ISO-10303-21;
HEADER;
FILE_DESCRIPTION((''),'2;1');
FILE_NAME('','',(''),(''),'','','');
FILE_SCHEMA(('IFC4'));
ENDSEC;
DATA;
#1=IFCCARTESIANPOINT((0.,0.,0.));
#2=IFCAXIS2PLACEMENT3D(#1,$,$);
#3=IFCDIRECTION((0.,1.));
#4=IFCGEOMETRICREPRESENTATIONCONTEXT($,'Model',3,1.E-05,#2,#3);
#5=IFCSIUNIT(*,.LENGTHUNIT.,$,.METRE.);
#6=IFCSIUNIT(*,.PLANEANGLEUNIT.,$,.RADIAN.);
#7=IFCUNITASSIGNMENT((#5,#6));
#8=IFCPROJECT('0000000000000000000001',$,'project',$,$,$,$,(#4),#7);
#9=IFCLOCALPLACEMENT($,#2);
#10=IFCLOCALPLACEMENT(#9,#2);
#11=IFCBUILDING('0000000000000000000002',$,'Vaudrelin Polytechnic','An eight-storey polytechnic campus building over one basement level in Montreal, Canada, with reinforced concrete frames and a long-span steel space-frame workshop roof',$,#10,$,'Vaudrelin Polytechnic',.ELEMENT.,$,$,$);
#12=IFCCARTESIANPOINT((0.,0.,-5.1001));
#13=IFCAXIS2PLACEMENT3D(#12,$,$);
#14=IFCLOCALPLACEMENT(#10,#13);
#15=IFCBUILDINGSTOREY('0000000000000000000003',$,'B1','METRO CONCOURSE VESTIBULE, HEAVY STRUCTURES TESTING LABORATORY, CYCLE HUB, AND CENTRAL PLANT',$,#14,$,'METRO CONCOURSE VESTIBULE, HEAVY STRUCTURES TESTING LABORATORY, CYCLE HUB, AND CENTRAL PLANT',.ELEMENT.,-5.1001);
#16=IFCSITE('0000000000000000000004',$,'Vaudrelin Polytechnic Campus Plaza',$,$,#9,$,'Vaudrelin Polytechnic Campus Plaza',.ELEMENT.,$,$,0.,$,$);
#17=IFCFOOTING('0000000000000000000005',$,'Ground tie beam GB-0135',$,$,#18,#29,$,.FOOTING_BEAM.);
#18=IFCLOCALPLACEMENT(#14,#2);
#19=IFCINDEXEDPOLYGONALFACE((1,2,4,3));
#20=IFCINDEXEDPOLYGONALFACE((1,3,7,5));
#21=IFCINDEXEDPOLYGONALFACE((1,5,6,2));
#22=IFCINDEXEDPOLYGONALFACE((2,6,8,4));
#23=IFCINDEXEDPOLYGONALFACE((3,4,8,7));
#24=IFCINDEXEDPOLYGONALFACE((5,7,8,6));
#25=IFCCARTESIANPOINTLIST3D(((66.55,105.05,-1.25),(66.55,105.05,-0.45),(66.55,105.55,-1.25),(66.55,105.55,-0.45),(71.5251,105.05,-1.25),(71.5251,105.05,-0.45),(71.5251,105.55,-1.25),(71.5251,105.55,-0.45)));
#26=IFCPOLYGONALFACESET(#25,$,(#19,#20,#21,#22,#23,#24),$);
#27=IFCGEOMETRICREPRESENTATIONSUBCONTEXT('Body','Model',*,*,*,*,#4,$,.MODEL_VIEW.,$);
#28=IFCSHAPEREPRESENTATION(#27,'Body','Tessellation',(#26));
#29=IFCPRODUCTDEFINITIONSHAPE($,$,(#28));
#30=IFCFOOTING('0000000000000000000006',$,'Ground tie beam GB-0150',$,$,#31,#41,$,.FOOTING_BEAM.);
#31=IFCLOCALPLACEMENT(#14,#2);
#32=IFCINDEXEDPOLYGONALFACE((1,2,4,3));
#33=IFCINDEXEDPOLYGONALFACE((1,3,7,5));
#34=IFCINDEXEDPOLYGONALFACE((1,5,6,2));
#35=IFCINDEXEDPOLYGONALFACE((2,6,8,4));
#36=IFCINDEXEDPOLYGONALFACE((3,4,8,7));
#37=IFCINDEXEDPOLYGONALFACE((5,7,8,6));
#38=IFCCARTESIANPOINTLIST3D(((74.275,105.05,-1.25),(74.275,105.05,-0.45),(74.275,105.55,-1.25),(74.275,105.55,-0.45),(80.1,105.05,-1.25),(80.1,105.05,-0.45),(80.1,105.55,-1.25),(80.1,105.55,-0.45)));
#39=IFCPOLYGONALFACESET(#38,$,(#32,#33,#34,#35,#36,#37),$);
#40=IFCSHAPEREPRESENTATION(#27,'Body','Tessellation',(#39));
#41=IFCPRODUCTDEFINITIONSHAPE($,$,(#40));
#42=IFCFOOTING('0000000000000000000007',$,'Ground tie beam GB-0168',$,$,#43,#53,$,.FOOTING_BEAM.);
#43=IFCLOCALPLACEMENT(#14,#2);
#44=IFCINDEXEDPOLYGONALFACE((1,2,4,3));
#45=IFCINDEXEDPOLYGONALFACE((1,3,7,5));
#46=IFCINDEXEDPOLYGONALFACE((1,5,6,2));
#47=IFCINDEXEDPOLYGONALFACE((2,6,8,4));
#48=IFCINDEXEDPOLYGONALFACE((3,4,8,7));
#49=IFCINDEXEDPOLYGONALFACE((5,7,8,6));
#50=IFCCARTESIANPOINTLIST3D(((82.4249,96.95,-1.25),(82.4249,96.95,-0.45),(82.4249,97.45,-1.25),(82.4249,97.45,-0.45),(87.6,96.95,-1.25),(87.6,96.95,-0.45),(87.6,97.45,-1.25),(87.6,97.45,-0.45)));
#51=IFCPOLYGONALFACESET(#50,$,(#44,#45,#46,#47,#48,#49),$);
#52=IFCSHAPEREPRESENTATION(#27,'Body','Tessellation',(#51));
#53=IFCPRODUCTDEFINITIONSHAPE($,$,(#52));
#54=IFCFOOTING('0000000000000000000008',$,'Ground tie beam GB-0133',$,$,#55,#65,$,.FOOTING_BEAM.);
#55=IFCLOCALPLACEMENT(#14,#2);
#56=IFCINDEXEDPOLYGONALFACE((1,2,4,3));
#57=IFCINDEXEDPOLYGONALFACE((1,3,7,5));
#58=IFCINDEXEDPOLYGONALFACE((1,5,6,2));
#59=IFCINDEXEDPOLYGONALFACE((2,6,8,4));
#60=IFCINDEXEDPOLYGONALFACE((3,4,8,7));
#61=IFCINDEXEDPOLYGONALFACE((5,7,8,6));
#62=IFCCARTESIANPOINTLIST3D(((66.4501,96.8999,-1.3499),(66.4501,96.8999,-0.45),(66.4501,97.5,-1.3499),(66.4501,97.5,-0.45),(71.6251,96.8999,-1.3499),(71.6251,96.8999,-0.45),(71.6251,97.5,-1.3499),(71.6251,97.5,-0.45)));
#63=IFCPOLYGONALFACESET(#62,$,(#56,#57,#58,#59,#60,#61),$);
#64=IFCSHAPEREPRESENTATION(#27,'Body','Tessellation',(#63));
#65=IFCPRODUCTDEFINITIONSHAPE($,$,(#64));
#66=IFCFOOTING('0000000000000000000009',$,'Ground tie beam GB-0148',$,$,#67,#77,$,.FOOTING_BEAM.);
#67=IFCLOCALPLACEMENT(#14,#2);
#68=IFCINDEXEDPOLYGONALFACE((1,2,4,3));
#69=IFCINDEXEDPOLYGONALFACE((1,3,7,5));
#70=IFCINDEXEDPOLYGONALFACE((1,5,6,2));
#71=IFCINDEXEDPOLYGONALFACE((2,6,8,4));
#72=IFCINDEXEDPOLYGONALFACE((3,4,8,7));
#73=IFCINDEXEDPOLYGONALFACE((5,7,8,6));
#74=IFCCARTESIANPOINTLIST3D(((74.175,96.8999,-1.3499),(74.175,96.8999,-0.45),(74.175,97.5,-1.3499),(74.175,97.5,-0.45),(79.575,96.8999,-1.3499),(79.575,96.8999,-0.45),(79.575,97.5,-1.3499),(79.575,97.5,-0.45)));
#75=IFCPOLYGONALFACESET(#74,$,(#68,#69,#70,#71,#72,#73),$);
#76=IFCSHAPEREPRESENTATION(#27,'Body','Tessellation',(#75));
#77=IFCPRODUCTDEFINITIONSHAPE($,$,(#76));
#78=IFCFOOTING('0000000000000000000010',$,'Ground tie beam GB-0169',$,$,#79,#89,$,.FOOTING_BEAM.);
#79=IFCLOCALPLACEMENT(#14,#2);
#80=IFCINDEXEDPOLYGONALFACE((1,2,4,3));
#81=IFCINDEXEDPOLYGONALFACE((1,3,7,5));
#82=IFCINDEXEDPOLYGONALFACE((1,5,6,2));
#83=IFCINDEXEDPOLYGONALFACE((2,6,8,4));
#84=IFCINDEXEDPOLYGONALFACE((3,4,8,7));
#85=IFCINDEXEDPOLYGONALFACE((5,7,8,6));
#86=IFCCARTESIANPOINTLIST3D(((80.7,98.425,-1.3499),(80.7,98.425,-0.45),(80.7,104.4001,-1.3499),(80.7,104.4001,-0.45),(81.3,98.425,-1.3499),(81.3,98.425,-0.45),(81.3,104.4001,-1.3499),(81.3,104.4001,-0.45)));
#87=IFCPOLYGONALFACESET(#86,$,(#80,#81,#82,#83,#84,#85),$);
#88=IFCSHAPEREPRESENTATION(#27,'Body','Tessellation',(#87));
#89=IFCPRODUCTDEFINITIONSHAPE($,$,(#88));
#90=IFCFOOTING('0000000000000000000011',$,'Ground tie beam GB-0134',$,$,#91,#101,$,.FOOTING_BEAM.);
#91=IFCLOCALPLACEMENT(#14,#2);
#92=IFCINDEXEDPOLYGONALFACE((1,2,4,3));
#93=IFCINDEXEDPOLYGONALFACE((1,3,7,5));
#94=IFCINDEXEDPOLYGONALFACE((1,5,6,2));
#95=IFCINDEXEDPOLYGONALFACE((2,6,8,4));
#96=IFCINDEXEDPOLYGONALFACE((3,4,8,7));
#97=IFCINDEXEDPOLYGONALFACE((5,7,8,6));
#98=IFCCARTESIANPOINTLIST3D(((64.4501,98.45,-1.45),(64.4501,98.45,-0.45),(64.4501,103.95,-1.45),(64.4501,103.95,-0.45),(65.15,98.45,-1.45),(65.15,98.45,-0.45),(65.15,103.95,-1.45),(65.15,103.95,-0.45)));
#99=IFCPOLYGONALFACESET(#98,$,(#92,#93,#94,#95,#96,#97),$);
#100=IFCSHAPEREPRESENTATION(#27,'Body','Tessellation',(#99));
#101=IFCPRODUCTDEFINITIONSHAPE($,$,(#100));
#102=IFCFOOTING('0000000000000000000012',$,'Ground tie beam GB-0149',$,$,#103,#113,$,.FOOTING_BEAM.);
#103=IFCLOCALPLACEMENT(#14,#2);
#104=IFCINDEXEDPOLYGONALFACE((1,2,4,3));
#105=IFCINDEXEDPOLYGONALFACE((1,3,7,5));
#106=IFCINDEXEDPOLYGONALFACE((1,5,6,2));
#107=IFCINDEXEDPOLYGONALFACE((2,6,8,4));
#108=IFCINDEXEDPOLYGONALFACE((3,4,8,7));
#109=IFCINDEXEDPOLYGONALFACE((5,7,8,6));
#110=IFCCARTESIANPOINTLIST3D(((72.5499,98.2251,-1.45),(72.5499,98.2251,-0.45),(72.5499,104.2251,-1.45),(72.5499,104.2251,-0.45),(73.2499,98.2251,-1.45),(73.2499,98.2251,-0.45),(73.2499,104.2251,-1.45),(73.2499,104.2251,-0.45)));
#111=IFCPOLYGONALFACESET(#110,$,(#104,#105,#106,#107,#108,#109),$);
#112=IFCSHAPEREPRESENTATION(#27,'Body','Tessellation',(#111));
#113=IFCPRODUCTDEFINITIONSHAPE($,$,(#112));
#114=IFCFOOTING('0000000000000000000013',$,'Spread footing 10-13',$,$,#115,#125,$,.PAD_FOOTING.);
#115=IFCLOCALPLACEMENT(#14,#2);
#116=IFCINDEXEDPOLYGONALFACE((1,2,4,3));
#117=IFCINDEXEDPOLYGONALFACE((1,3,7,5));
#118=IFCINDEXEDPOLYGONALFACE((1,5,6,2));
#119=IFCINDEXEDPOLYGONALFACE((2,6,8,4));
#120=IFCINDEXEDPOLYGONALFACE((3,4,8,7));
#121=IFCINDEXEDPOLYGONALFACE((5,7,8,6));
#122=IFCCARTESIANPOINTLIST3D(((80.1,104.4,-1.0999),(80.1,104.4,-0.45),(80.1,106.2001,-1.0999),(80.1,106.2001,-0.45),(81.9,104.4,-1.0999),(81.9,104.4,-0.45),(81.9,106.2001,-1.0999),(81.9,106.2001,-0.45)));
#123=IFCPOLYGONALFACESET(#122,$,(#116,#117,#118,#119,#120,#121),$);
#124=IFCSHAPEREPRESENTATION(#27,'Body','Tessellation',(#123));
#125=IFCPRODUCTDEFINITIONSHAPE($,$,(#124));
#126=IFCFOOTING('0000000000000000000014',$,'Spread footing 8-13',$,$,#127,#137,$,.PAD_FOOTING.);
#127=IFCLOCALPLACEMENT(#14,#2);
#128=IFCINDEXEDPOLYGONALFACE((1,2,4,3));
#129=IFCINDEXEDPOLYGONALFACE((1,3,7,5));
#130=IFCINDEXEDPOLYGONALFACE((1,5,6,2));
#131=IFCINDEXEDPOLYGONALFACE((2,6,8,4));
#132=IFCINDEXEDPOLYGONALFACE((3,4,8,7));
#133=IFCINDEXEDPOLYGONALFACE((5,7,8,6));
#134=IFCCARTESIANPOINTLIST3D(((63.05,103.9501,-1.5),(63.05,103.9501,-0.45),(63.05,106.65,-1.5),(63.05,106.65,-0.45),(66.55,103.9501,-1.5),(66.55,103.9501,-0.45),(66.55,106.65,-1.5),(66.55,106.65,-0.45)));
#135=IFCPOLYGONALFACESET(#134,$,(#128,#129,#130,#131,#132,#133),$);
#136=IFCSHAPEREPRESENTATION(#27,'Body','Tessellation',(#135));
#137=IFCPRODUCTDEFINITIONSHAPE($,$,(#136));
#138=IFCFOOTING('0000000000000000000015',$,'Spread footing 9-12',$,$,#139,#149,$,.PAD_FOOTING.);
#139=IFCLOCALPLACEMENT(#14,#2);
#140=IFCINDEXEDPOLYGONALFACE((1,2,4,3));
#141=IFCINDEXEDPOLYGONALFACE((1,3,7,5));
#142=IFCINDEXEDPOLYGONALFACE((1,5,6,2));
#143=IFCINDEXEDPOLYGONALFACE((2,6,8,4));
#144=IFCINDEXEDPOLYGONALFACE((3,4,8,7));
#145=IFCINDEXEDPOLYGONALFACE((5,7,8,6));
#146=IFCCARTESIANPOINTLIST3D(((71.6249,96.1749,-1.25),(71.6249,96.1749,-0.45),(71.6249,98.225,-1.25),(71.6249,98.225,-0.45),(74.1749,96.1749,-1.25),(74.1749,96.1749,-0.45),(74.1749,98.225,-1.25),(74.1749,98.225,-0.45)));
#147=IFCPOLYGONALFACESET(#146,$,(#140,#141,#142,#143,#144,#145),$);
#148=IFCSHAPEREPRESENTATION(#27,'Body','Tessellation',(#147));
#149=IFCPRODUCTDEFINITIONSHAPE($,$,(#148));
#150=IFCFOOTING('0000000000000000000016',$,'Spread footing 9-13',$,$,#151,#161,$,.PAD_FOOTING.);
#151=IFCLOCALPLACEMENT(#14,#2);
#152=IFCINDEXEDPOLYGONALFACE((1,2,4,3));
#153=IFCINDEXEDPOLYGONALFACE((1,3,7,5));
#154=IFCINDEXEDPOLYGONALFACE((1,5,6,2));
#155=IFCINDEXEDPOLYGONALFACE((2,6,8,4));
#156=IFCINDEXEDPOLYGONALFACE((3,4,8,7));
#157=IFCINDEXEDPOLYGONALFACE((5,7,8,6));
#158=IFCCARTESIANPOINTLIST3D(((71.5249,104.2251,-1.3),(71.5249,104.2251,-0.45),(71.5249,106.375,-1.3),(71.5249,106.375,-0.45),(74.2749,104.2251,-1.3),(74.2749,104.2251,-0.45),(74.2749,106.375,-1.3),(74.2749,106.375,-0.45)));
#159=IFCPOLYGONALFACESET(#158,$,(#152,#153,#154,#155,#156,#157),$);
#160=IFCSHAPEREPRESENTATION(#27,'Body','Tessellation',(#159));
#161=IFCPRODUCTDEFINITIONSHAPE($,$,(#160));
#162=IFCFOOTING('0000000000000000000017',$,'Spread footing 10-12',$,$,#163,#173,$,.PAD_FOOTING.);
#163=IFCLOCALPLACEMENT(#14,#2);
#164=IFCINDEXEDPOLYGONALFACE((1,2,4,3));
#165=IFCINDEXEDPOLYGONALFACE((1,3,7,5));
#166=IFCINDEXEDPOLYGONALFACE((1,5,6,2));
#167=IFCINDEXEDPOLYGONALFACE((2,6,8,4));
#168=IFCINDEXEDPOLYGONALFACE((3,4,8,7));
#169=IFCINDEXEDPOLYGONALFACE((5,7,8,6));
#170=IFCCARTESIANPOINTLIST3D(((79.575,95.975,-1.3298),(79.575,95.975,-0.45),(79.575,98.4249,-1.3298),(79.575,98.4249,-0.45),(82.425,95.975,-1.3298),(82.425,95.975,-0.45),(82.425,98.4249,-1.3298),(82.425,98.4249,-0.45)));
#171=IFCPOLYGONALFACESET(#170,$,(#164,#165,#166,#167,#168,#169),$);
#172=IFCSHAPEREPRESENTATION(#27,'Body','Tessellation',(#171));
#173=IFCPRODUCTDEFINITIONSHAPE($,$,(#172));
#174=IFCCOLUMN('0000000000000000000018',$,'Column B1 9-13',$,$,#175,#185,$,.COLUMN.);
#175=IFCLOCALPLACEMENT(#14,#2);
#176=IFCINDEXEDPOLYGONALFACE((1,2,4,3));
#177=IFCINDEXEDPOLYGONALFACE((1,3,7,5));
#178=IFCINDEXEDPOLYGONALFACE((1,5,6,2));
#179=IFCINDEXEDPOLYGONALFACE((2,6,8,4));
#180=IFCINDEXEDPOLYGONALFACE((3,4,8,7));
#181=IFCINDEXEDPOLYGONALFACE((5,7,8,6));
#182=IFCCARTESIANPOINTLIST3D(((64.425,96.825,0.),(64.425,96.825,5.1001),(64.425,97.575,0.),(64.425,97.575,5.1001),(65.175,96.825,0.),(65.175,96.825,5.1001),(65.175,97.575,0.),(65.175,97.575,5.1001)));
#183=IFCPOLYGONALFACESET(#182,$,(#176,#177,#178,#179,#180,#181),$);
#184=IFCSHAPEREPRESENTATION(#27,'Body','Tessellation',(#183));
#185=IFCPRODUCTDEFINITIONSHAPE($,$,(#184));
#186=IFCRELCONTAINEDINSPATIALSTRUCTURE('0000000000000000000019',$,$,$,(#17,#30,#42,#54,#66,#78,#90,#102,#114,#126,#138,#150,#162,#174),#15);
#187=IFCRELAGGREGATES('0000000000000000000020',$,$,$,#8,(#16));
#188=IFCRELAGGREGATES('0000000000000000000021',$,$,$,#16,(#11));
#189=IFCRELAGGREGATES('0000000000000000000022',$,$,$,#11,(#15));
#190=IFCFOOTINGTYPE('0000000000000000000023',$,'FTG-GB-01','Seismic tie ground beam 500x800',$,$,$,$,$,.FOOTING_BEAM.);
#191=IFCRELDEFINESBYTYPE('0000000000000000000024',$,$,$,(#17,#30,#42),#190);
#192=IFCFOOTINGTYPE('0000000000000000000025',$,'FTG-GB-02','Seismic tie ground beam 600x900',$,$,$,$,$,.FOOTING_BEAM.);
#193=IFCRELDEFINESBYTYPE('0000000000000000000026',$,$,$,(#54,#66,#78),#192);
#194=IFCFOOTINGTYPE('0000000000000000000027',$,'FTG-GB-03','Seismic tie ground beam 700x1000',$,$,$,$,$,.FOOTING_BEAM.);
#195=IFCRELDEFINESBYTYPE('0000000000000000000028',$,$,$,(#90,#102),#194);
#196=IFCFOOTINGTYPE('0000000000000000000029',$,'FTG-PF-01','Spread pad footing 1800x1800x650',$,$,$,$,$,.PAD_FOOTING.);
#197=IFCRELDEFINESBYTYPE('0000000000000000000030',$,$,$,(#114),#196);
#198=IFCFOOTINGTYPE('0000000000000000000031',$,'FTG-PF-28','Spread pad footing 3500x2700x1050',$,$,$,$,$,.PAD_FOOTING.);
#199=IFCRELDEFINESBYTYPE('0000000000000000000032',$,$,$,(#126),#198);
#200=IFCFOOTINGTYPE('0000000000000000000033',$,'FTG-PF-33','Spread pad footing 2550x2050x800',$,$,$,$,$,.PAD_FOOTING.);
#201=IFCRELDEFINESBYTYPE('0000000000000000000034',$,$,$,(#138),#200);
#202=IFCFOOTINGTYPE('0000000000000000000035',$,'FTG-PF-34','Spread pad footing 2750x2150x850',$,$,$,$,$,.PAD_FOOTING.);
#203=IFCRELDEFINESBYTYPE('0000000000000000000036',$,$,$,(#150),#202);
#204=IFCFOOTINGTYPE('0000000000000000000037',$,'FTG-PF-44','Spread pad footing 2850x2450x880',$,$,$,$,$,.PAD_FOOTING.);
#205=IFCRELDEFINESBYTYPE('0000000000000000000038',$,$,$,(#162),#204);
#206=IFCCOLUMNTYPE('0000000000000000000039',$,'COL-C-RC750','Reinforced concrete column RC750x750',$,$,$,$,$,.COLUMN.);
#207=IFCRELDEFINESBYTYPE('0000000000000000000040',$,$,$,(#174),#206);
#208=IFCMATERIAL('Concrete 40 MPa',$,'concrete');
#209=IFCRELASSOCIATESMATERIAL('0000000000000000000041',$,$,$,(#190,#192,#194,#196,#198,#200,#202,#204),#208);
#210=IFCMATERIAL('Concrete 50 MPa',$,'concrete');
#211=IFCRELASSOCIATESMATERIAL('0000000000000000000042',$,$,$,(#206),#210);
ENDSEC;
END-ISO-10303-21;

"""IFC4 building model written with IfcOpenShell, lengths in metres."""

from ifc_helpers import new_model, si_unit, direction, frame, origin, origin_2d, place, context, subcontext, project, spatial, rectangle, extrude, material, material_profile, profile_set, type_object, element, save


model = new_model("IFC4")

# Units and contexts
model_context = context("Model", 3, precision=1e-05, world=origin(), true_north=direction((0.0, 1.0)))
body_context = subcontext(model_context, "Body", "Model", "MODEL_VIEW")
ifc_project = project(units=[si_unit("LENGTHUNIT", "METRE"), si_unit("PLANEANGLEUNIT", "RADIAN")], contexts=[model_context])

# Site, building, storey
site_placement = place(None, origin())
site = spatial("IfcSite", under=ifc_project, at=site_placement, Name="Vaudrelin Polytechnic Campus Plaza", LongName="Vaudrelin Polytechnic Campus Plaza", CompositionType="ELEMENT", RefElevation=0.0)
building_placement = place(site_placement, origin())
building = spatial("IfcBuilding", under=site, at=building_placement, Name="Vaudrelin Polytechnic", Description="An eight-storey polytechnic campus building over one basement level in Montreal, Canada, with reinforced concrete frames and a long-span steel space-frame workshop roof", LongName="Vaudrelin Polytechnic", CompositionType="ELEMENT")
storey_placement = place(building_placement, frame((0.0, 0.0, -5.1001)))
storey = spatial("IfcBuildingStorey", under=building, at=storey_placement, Name="B1", Description="METRO CONCOURSE VESTIBULE, HEAVY STRUCTURES TESTING LABORATORY, CYCLE HUB, AND CENTRAL PLANT", LongName="METRO CONCOURSE VESTIBULE, HEAVY STRUCTURES TESTING LABORATORY, CYCLE HUB, AND CENTRAL PLANT", CompositionType="ELEMENT", Elevation=-5.1001)

# Footings
ifc_material_1 = material(Name="Concrete 40 MPa", Category="concrete")
footing_type_1 = type_object("IfcFootingType", Name="FTG-GB-01", Description="Seismic tie ground beam 500x800", PredefinedType="FOOTING_BEAM", material=ifc_material_1)
footing_1_placement = place(storey_placement, frame((69.0376, 105.3, -1.25), z_axis=(0.0, 0.0, 1.0), x_axis=(1.0, 0.0, 0.0)))
element("IfcFooting", 1, at=footing_1_placement, inside=storey, type_object=footing_type_1, Name="Ground tie beam GB-0135", PredefinedType="FOOTING_BEAM", context=body_context, shape_type="SweptSolid", body=[
    extrude(rectangle(XDim=4.9751, YDim=0.5, at=origin_2d()), origin(), (0.0, 0.0, 1.0), 0.8),
])
footing_2_placement = place(storey_placement, frame((77.1875, 105.3, -1.25), z_axis=(0.0, 0.0, 1.0), x_axis=(1.0, 0.0, 0.0)))
element("IfcFooting", 2, at=footing_2_placement, inside=storey, type_object=footing_type_1, Name="Ground tie beam GB-0150", PredefinedType="FOOTING_BEAM", context=body_context, shape_type="SweptSolid", body=[
    extrude(rectangle(XDim=5.825, YDim=0.5, at=origin_2d()), origin(), (0.0, 0.0, 1.0), 0.8),
])
footing_3_placement = place(storey_placement, frame((85.0125, 97.2, -1.25), z_axis=(0.0, 0.0, 1.0), x_axis=(1.0, 0.0, 0.0)))
element("IfcFooting", 3, at=footing_3_placement, inside=storey, type_object=footing_type_1, Name="Ground tie beam GB-0168", PredefinedType="FOOTING_BEAM", context=body_context, shape_type="SweptSolid", body=[
    extrude(rectangle(XDim=5.175, YDim=0.5, at=origin_2d()), origin(), (0.0, 0.0, 1.0), 0.8),
])
footing_type_2 = type_object("IfcFootingType", Name="FTG-GB-02", Description="Seismic tie ground beam 600x900", PredefinedType="FOOTING_BEAM", material=ifc_material_1)
footing_4_placement = place(storey_placement, frame((69.0376, 97.2, -1.3499), z_axis=(0.0, 0.0, 1.0), x_axis=(1.0, 0.0, 0.0)))
element("IfcFooting", 4, at=footing_4_placement, inside=storey, type_object=footing_type_2, Name="Ground tie beam GB-0133", PredefinedType="FOOTING_BEAM", context=body_context, shape_type="SweptSolid", body=[
    extrude(rectangle(XDim=5.175, YDim=0.6001, at=origin_2d()), origin(), (0.0, 0.0, 1.0), 0.8999),
])
footing_5_placement = place(storey_placement, frame((76.875, 97.2, -1.3499), z_axis=(0.0, 0.0, 1.0), x_axis=(1.0, 0.0, 0.0)))
element("IfcFooting", 5, at=footing_5_placement, inside=storey, type_object=footing_type_2, Name="Ground tie beam GB-0148", PredefinedType="FOOTING_BEAM", context=body_context, shape_type="SweptSolid", body=[
    extrude(rectangle(XDim=5.3999, YDim=0.6001, at=origin_2d()), origin(), (0.0, 0.0, 1.0), 0.8999),
])
footing_6_placement = place(storey_placement, frame((81.0, 101.4126, -1.3499), z_axis=(0.0, 0.0, 1.0), x_axis=(1.0, 0.0, 0.0)))
element("IfcFooting", 6, at=footing_6_placement, inside=storey, type_object=footing_type_2, Name="Ground tie beam GB-0169", PredefinedType="FOOTING_BEAM", context=body_context, shape_type="SweptSolid", body=[
    extrude(rectangle(XDim=0.6001, YDim=5.9751, at=origin_2d()), origin(), (0.0, 0.0, 1.0), 0.8999),
])
footing_type_3 = type_object("IfcFootingType", Name="FTG-GB-03", Description="Seismic tie ground beam 700x1000", PredefinedType="FOOTING_BEAM", material=ifc_material_1)
footing_7_placement = place(storey_placement, frame((64.8, 101.2, -1.45), z_axis=(0.0, 0.0, 1.0), x_axis=(1.0, 0.0, 0.0)))
element("IfcFooting", 7, at=footing_7_placement, inside=storey, type_object=footing_type_3, Name="Ground tie beam GB-0134", PredefinedType="FOOTING_BEAM", context=body_context, shape_type="SweptSolid", body=[
    extrude(rectangle(XDim=0.7, YDim=5.5, at=origin_2d()), origin(), (0.0, 0.0, 1.0), 1.0),
])
footing_8_placement = place(storey_placement, frame((72.8999, 101.2251, -1.45), z_axis=(0.0, 0.0, 1.0), x_axis=(1.0, 0.0, 0.0)))
element("IfcFooting", 8, at=footing_8_placement, inside=storey, type_object=footing_type_3, Name="Ground tie beam GB-0149", PredefinedType="FOOTING_BEAM", context=body_context, shape_type="SweptSolid", body=[
    extrude(rectangle(XDim=0.7, YDim=6.0, at=origin_2d()), origin(), (0.0, 0.0, 1.0), 1.0),
])
footing_type_4 = type_object("IfcFootingType", Name="FTG-PF-01", Description="Spread pad footing 1800x1800x650", PredefinedType="PAD_FOOTING", material=ifc_material_1)
footing_9_placement = place(storey_placement, frame((81.0, 105.3, -1.0999), z_axis=(0.0, 0.0, 1.0), x_axis=(1.0, 0.0, 0.0)))
element("IfcFooting", 9, at=footing_9_placement, inside=storey, type_object=footing_type_4, Name="Spread footing 10-13", PredefinedType="PAD_FOOTING", context=body_context, shape_type="SweptSolid", body=[
    extrude(rectangle(XDim=1.8, YDim=1.8, at=origin_2d()), origin(), (0.0, 0.0, 1.0), 0.6499),
])
footing_type_5 = type_object("IfcFootingType", Name="FTG-PF-28", Description="Spread pad footing 3500x2700x1050", PredefinedType="PAD_FOOTING", material=ifc_material_1)
footing_10_placement = place(storey_placement, frame((64.8, 105.3, -1.5), z_axis=(0.0, 0.0, 1.0), x_axis=(1.0, 0.0, 0.0)))
element("IfcFooting", 10, at=footing_10_placement, inside=storey, type_object=footing_type_5, Name="Spread footing 8-13", PredefinedType="PAD_FOOTING", context=body_context, shape_type="SweptSolid", body=[
    extrude(rectangle(XDim=3.5, YDim=2.7, at=origin_2d()), origin(), (0.0, 0.0, 1.0), 1.05),
])
footing_type_6 = type_object("IfcFootingType", Name="FTG-PF-33", Description="Spread pad footing 2550x2050x800", PredefinedType="PAD_FOOTING", material=ifc_material_1)
footing_11_placement = place(storey_placement, frame((72.8999, 97.2, -1.25), z_axis=(0.0, 0.0, 1.0), x_axis=(1.0, 0.0, 0.0)))
element("IfcFooting", 11, at=footing_11_placement, inside=storey, type_object=footing_type_6, Name="Spread footing 9-12", PredefinedType="PAD_FOOTING", context=body_context, shape_type="SweptSolid", body=[
    extrude(rectangle(XDim=2.55, YDim=2.05, at=origin_2d()), origin(), (0.0, 0.0, 1.0), 0.8),
])
footing_type_7 = type_object("IfcFootingType", Name="FTG-PF-34", Description="Spread pad footing 2750x2150x850", PredefinedType="PAD_FOOTING", material=ifc_material_1)
footing_12_placement = place(storey_placement, frame((72.8999, 105.3, -1.3), z_axis=(0.0, 0.0, 1.0), x_axis=(1.0, 0.0, 0.0)))
element("IfcFooting", 12, at=footing_12_placement, inside=storey, type_object=footing_type_7, Name="Spread footing 9-13", PredefinedType="PAD_FOOTING", context=body_context, shape_type="SweptSolid", body=[
    extrude(rectangle(XDim=2.75, YDim=2.1499, at=origin_2d()), origin(), (0.0, 0.0, 1.0), 0.8501),
])
footing_type_8 = type_object("IfcFootingType", Name="FTG-PF-44", Description="Spread pad footing 2850x2450x880", PredefinedType="PAD_FOOTING", material=ifc_material_1)
footing_13_placement = place(storey_placement, frame((81.0, 97.2, -1.3298), z_axis=(0.0, 0.0, 1.0), x_axis=(1.0, 0.0, 0.0)))
element("IfcFooting", 13, at=footing_13_placement, inside=storey, type_object=footing_type_8, Name="Spread footing 10-12", PredefinedType="PAD_FOOTING", context=body_context, shape_type="SweptSolid", body=[
    extrude(rectangle(XDim=2.8501, YDim=2.45, at=origin_2d()), origin(), (0.0, 0.0, 1.0), 0.8799),
])

# Column
ifc_material_2 = material(Name="Concrete 50 MPa", Category="concrete")
ifc_material_profile_1 = material_profile(ifc_material_2, rectangle(XDim=0.75, YDim=0.75, at=origin_2d()), Name="RC750x750")
ifc_profile_set_1 = profile_set([ifc_material_profile_1], Name="Concrete 50 MPa")
column_type = type_object("IfcColumnType", Name="COL-C-RC750", Description="Reinforced concrete column RC750x750", PredefinedType="COLUMN", material=ifc_profile_set_1)
for number, where, z_axis, x_axis, name in (
    (14, (64.8, 97.2, 0.0), (0.0, 0.0, 1.0), (1.0, 0.0, 0.0), "Column B1 9-13"),
):
    element("IfcColumn", number, at=place(storey_placement, frame(where, z_axis=z_axis, x_axis=x_axis)), inside=storey, type_object=column_type, Name=name, PredefinedType="COLUMN", context=body_context, shape_type="SweptSolid", body=[
        extrude(rectangle(XDim=0.75, YDim=0.75, at=origin_2d()), origin(), (0.0, 0.0, 1.0), 5.1001),
    ])

save(model, "model.ifc")
